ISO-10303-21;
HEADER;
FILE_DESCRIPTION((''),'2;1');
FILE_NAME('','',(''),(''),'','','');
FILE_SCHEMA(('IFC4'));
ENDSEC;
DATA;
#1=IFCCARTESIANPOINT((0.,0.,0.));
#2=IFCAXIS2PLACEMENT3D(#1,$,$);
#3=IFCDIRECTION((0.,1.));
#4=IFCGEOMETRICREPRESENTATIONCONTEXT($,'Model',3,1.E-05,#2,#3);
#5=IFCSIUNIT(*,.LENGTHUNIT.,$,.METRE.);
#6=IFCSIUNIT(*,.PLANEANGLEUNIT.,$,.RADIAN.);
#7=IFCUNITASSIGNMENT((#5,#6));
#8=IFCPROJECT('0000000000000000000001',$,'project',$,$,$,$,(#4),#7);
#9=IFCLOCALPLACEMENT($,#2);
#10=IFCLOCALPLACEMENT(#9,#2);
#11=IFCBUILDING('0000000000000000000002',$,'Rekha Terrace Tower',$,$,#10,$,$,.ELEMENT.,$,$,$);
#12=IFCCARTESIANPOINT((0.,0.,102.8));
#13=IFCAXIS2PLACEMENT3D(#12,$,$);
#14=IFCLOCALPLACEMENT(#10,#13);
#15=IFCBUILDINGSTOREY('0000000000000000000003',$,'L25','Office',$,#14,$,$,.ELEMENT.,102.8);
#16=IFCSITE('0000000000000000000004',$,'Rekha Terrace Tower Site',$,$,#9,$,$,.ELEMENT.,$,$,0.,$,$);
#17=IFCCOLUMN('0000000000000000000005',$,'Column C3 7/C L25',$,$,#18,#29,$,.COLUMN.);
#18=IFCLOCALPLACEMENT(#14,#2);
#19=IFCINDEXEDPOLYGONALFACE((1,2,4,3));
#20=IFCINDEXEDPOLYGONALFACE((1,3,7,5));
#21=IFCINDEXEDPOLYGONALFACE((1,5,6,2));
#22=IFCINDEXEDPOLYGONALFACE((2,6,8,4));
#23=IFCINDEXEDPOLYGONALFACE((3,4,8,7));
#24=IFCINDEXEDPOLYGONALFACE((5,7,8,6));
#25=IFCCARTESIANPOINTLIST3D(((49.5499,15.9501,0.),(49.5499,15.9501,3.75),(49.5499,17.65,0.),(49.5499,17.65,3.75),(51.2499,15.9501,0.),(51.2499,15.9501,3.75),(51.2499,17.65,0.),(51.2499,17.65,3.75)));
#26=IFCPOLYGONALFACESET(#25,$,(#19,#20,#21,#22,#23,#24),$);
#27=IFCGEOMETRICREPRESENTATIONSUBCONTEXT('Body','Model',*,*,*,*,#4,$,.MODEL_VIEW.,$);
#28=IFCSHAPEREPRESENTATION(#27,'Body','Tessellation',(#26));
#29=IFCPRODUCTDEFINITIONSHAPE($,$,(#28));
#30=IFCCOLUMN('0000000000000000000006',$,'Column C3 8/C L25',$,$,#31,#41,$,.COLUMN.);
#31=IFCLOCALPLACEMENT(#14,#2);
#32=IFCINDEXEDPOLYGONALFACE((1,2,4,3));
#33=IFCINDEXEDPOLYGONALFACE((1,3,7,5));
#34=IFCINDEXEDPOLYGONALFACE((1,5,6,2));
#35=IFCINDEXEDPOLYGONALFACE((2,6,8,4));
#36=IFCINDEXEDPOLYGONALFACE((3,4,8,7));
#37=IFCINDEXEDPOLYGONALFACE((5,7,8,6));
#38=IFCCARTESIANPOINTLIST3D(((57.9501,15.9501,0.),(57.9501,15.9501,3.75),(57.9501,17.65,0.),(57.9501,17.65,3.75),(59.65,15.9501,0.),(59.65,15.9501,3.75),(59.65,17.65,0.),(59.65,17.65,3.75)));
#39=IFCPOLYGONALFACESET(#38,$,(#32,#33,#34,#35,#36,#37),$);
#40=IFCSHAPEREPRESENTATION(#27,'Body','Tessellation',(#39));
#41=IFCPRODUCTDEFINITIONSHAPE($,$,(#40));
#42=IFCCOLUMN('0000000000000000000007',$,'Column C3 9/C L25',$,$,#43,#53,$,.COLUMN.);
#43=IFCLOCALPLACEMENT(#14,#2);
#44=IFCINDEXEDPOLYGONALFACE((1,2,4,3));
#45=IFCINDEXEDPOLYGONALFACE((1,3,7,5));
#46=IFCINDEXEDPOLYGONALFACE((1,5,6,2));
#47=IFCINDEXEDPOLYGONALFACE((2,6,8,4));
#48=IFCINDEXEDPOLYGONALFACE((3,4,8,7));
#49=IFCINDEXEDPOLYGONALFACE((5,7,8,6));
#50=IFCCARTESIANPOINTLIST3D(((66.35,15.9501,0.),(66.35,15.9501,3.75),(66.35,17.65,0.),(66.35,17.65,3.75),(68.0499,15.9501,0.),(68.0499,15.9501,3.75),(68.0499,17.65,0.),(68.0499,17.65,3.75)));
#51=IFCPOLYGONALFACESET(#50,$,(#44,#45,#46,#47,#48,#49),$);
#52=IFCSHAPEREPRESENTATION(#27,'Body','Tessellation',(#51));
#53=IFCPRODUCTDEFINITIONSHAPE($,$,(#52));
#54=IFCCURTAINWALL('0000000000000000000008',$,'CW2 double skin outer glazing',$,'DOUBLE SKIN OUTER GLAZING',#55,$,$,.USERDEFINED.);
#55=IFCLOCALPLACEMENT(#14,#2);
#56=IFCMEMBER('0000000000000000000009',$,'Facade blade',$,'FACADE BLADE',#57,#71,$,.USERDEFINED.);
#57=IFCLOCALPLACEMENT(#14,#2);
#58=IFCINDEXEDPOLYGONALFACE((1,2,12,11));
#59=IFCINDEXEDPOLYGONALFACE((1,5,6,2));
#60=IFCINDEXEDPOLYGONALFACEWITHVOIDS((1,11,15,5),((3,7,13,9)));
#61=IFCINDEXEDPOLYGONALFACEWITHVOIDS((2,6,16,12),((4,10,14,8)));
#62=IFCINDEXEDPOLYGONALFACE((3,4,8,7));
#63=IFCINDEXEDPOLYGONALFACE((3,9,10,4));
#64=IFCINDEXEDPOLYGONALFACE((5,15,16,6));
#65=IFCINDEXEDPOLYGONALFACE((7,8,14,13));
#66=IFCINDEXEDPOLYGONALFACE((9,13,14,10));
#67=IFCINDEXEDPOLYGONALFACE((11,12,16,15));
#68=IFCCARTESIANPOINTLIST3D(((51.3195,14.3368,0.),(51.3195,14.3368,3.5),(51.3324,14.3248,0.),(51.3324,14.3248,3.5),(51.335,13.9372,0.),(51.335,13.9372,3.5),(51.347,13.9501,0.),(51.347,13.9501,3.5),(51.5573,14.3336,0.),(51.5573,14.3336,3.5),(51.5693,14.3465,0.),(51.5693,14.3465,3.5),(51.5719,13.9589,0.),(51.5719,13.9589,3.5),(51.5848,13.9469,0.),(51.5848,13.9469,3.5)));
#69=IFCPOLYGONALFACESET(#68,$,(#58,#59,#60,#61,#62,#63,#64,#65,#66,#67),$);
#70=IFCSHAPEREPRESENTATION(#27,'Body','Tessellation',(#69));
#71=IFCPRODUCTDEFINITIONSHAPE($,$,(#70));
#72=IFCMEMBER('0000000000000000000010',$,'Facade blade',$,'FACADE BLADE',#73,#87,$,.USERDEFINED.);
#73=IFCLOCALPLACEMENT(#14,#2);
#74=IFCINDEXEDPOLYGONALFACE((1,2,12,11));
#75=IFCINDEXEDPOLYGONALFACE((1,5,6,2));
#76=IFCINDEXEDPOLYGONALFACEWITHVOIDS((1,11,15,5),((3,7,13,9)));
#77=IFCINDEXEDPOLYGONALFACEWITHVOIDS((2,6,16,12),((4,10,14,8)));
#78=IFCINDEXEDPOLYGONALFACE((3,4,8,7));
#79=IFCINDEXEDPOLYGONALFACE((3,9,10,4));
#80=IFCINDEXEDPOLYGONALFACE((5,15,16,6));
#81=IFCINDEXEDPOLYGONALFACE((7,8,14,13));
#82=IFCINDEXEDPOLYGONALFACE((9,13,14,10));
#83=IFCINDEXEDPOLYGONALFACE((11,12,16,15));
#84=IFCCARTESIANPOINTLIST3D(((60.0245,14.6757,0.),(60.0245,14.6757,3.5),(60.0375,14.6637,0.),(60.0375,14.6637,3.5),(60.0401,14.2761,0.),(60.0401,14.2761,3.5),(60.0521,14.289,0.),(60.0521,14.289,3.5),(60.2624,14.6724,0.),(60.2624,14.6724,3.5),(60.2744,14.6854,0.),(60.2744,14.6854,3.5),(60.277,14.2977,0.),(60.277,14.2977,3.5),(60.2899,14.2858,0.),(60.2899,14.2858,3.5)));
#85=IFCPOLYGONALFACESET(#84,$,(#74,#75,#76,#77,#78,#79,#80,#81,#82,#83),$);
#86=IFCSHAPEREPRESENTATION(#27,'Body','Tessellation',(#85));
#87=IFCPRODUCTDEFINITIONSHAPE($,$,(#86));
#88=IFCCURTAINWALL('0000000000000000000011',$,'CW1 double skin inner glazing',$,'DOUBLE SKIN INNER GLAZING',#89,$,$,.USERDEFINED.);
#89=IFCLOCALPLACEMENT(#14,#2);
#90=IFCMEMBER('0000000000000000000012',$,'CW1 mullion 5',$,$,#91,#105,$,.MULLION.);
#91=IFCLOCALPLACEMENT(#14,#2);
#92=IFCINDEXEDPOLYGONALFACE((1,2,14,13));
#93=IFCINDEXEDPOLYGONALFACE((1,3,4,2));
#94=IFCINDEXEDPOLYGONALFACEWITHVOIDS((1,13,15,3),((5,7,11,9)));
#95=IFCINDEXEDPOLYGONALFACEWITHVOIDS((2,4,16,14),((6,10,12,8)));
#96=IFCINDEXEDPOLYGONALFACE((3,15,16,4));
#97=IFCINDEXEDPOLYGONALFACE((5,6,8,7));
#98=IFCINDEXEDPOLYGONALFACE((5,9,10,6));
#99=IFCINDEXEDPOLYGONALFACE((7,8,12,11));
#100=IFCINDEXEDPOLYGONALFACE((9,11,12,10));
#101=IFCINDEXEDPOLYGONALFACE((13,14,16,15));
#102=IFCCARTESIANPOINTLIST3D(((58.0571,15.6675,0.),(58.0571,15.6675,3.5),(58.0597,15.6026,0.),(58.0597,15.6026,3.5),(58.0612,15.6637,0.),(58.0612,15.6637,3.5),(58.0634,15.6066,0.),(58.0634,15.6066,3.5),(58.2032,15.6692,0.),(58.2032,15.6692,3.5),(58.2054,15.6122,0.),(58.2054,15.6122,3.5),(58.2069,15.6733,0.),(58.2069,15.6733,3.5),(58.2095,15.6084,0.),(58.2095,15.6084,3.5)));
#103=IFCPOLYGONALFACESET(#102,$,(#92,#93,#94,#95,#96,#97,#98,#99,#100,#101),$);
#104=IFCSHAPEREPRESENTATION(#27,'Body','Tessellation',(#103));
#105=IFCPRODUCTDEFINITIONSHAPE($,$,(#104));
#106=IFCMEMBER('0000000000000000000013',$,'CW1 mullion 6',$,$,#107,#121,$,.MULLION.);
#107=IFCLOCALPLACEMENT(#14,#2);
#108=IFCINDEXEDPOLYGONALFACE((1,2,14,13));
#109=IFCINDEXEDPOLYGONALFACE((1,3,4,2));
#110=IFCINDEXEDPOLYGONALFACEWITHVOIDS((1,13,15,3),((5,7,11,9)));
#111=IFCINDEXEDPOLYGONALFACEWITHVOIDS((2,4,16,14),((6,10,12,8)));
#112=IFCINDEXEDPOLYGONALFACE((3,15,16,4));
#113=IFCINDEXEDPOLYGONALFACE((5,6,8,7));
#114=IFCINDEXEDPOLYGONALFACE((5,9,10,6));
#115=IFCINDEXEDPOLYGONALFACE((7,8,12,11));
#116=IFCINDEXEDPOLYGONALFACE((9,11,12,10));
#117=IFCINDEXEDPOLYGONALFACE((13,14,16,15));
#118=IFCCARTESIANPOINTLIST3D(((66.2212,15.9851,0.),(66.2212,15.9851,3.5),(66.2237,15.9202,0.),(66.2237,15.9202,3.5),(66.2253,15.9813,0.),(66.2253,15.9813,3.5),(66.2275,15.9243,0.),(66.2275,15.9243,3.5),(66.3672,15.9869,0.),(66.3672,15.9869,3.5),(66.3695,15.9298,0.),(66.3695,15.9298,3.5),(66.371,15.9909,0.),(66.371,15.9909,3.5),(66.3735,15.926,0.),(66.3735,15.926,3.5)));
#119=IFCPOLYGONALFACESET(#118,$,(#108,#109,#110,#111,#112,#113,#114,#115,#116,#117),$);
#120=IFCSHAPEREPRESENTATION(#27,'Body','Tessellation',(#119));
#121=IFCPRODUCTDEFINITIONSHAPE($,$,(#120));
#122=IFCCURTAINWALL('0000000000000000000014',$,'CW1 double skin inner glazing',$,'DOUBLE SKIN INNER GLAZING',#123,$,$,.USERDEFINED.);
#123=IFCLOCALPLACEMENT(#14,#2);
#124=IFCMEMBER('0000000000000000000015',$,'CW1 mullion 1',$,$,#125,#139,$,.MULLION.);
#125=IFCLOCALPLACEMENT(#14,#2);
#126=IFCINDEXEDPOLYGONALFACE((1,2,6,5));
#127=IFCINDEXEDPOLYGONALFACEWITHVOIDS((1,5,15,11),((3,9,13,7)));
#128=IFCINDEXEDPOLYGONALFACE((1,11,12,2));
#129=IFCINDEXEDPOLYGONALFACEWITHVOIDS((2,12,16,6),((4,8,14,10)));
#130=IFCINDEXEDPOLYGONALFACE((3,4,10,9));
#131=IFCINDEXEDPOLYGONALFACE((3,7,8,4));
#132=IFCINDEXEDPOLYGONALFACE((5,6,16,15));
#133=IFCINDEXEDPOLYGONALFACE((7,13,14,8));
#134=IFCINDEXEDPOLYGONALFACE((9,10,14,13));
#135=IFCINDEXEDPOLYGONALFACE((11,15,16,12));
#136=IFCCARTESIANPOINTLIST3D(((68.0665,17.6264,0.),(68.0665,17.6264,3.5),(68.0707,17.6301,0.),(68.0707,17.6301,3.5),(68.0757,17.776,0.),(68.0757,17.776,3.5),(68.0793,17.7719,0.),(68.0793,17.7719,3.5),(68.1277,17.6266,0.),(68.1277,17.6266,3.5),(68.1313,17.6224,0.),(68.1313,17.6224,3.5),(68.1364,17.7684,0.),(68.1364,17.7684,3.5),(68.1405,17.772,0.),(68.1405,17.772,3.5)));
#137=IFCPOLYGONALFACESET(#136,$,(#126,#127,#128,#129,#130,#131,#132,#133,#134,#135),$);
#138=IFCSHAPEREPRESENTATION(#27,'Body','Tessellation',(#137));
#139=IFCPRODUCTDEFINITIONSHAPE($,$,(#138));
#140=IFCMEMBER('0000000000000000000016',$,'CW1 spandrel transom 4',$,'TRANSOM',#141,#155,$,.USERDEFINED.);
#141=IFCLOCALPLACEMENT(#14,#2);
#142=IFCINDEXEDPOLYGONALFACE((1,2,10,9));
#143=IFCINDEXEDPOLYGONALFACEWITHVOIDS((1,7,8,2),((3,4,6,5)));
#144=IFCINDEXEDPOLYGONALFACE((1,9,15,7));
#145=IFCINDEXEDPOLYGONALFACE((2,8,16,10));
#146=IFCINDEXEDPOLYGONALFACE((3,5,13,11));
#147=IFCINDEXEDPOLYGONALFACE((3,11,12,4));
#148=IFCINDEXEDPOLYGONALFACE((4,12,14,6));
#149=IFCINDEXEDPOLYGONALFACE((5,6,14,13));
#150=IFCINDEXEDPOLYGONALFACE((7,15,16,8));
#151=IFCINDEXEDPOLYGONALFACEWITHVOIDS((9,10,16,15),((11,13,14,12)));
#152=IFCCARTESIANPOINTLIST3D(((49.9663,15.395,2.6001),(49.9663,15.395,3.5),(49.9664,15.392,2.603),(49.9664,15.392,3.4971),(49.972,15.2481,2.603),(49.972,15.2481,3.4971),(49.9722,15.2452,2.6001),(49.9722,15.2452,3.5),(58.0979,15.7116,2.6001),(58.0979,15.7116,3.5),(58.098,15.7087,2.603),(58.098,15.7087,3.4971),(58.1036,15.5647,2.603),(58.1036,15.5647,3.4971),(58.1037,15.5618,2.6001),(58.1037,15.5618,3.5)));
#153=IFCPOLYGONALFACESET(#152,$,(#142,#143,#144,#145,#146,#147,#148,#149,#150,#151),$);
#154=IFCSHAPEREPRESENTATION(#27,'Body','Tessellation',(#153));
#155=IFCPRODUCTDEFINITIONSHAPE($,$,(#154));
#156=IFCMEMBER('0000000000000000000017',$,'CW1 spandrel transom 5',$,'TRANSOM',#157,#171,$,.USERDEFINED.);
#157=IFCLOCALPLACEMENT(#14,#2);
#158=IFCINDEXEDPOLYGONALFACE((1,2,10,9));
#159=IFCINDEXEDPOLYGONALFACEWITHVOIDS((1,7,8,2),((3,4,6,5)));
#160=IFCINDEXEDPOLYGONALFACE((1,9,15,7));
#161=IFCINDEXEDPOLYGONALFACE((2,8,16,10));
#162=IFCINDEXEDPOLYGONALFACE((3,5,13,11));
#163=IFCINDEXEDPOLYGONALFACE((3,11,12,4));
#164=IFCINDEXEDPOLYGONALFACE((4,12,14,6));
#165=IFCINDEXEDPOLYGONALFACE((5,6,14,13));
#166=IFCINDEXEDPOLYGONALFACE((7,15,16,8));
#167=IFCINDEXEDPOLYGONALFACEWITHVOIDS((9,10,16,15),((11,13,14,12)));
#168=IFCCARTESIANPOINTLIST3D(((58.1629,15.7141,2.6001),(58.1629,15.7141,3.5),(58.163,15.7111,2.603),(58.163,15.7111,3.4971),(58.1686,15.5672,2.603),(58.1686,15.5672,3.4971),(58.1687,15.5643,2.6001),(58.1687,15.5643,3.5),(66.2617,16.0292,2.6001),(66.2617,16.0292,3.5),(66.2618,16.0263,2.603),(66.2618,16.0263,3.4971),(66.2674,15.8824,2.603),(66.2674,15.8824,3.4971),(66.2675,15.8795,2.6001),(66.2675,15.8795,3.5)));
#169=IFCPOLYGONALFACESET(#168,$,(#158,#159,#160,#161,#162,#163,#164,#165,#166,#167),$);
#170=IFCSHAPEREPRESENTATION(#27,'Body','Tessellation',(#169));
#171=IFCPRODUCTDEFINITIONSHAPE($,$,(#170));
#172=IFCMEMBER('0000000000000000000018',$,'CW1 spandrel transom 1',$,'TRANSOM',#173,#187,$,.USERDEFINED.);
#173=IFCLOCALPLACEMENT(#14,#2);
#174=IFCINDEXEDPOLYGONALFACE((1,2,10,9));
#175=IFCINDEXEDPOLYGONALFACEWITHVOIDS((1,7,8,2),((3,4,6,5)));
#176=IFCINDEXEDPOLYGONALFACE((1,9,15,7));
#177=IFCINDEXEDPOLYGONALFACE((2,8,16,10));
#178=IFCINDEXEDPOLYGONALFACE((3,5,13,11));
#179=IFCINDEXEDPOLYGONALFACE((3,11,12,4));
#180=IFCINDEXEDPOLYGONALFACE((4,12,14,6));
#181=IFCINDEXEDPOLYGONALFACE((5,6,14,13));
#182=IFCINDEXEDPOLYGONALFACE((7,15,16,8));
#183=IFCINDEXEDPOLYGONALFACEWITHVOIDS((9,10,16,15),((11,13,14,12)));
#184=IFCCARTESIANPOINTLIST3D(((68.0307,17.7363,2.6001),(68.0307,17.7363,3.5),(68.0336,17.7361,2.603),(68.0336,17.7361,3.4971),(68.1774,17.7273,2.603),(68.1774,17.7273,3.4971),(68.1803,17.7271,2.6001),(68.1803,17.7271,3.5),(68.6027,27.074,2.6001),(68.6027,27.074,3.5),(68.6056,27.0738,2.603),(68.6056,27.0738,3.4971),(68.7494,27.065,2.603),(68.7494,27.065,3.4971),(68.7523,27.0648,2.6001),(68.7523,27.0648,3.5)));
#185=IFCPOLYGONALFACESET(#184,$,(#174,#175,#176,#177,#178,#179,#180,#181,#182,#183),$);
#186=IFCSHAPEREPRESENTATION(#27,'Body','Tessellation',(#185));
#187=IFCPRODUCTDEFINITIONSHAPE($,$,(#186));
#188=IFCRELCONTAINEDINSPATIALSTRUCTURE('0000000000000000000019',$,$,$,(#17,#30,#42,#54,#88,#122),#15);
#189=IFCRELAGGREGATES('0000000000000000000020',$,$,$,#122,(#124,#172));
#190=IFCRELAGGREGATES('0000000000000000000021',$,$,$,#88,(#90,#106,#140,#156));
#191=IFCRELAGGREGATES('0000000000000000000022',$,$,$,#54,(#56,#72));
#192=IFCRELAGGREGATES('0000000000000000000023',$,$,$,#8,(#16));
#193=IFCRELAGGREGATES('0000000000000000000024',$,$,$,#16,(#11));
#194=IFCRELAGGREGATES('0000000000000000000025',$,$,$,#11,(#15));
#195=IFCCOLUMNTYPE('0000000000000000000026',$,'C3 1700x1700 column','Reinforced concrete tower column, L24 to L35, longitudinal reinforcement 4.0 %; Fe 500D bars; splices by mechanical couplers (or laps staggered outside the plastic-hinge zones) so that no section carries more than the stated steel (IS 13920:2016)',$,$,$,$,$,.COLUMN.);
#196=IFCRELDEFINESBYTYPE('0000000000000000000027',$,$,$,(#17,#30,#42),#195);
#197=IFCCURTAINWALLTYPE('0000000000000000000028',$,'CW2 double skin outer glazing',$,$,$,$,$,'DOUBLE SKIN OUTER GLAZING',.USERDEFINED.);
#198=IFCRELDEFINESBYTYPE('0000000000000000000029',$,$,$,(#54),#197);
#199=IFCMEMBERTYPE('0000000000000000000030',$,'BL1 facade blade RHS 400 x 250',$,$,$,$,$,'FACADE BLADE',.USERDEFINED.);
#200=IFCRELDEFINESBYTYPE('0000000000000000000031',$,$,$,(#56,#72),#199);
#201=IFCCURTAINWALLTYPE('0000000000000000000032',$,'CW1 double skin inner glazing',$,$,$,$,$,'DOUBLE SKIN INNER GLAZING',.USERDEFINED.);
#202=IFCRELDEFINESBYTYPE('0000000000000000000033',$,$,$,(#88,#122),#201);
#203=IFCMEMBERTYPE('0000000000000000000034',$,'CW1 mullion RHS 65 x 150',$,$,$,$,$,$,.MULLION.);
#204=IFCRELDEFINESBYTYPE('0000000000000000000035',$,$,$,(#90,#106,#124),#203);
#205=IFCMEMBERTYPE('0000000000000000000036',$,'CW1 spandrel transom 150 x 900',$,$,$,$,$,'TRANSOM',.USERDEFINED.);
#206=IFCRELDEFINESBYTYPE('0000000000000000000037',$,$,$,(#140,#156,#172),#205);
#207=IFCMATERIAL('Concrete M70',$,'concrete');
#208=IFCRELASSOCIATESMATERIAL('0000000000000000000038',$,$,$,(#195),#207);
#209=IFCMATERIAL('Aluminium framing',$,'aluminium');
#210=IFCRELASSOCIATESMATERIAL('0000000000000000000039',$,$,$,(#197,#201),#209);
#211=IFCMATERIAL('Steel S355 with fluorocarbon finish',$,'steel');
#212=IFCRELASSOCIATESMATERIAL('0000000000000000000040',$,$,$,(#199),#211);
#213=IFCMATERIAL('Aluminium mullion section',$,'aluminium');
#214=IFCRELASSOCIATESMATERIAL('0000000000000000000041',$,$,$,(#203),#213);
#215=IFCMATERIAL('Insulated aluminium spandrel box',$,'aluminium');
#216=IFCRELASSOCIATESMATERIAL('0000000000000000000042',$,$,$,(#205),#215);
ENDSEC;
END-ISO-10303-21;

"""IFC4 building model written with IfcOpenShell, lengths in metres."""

from ifc_helpers import new_model, si_unit, direction, frame, origin, origin_2d, place, context, subcontext, project, spatial, rectangle, hollow_rectangle, extrude, material, material_profile, profile_set, type_object, element, aggregate, save


model = new_model("IFC4")

# Units and contexts
model_context = context("Model", 3, precision=1e-05, world=origin(), true_north=direction((0.0, 1.0)))
body_context = subcontext(model_context, "Body", "Model", "MODEL_VIEW")
ifc_project = project(units=[si_unit("LENGTHUNIT", "METRE"), si_unit("PLANEANGLEUNIT", "RADIAN")], contexts=[model_context])

# Site, building, storey
site_placement = place(None, origin())
site = spatial("IfcSite", under=ifc_project, at=site_placement, Name="Rekha Terrace Tower Site", CompositionType="ELEMENT", RefElevation=0.0)
building_placement = place(site_placement, origin())
building = spatial("IfcBuilding", under=site, at=building_placement, Name="Rekha Terrace Tower", CompositionType="ELEMENT")
storey_placement = place(building_placement, frame((0.0, 0.0, 102.8)))
storey = spatial("IfcBuildingStorey", under=building, at=storey_placement, Name="L25", Description="Office", CompositionType="ELEMENT", Elevation=102.8)

# Columns
ifc_material_1 = material(Name="Concrete M70", Category="concrete")
ifc_material_profile_1 = material_profile(ifc_material_1, rectangle(XDim=1.7, YDim=1.7, at=origin_2d()), Name="RC 1700x1700")
ifc_profile_set_1 = profile_set([ifc_material_profile_1], Name="Concrete M70")
column_type = type_object("IfcColumnType", Name="C3 1700x1700 column", Description="Reinforced concrete tower column, L24 to L35, longitudinal reinforcement 4.0 %; Fe 500D bars; splices by mechanical couplers (or laps staggered outside the plastic-hinge zones) so that no section carries more than the stated steel (IS 13920:2016)", PredefinedType="COLUMN", material=ifc_profile_set_1)
for number, where, z_axis, x_axis, name in (
    (1, (50.3999, 16.8, 0.0), (0.0, 0.0, 1.0), (1.0, 0.0, 0.0), "Column C3 7/C L25"),
    (2, (58.8, 16.8, 0.0), (0.0, 0.0, 1.0), (1.0, 0.0, 0.0), "Column C3 8/C L25"),
    (3, (67.2, 16.8, 0.0), (0.0, 0.0, 1.0), (1.0, 0.0, 0.0), "Column C3 9/C L25"),
):
    element("IfcColumn", number, at=place(storey_placement, frame(where, z_axis=z_axis, x_axis=x_axis)), inside=storey, type_object=column_type, Name=name, PredefinedType="COLUMN", context=body_context, shape_type="SweptSolid", body=[
        extrude(rectangle(XDim=1.7, YDim=1.7, at=origin_2d()), origin(), (0.0, 0.0, 1.0), 3.75),
    ])

# Curtain walls, members
ifc_material_2 = material(Name="Aluminium framing", Category="aluminium")
curtain_wall_type_1 = type_object("IfcCurtainWallType", Name="CW2 double skin outer glazing", ElementType="DOUBLE SKIN OUTER GLAZING", PredefinedType="USERDEFINED", material=ifc_material_2)
curtain_wall_1_placement = place(storey_placement, origin())
curtain_wall_1 = element("IfcCurtainWall", 4, at=curtain_wall_1_placement, inside=storey, type_object=curtain_wall_type_1, Name="CW2 double skin outer glazing", ObjectType="DOUBLE SKIN OUTER GLAZING", PredefinedType="USERDEFINED")
ifc_material_3 = material(Name="Steel S355 with fluorocarbon finish", Category="steel")
ifc_material_profile_2 = material_profile(ifc_material_3, hollow_rectangle(XDim=0.25, YDim=0.3999, WallThickness=0.0125, at=origin_2d()), Name="RHS400x250x12.5")
ifc_profile_set_2 = profile_set([ifc_material_profile_2], Name="Steel S355 with fluorocarbon finish")
member_type_1 = type_object("IfcMemberType", Name="BL1 facade blade RHS 400 x 250", ElementType="FACADE BLADE", PredefinedType="USERDEFINED", material=ifc_profile_set_2)
member_1_placement = place(storey_placement, frame((51.4521, 14.1418, 0.0), z_axis=(0.0, 0.0, 1.0), x_axis=(0.999243, 0.03889, 0.0)))
member_1 = element("IfcMember", 5, at=member_1_placement, type_object=member_type_1, Name="Facade blade", ObjectType="FACADE BLADE", PredefinedType="USERDEFINED", context=body_context, shape_type="SweptSolid", body=[
    extrude(hollow_rectangle(XDim=0.25, YDim=0.3999, WallThickness=0.0125, at=origin_2d()), origin(), (0.0, 0.0, 1.0), 3.5),
])
member_2_placement = place(storey_placement, frame((60.1572, 14.4807, 0.0), z_axis=(0.0, 0.0, 1.0), x_axis=(0.999243, 0.03889, 0.0)))
member_2 = element("IfcMember", 6, at=member_2_placement, type_object=member_type_1, Name="Facade blade", ObjectType="FACADE BLADE", PredefinedType="USERDEFINED", context=body_context, shape_type="SweptSolid", body=[
    extrude(hollow_rectangle(XDim=0.25, YDim=0.3999, WallThickness=0.0125, at=origin_2d()), origin(), (0.0, 0.0, 1.0), 3.5),
])
curtain_wall_type_2 = type_object("IfcCurtainWallType", Name="CW1 double skin inner glazing", ElementType="DOUBLE SKIN INNER GLAZING", PredefinedType="USERDEFINED", material=ifc_material_2)
curtain_wall_2_placement = place(storey_placement, origin())
curtain_wall_2 = element("IfcCurtainWall", 7, at=curtain_wall_2_placement, inside=storey, type_object=curtain_wall_type_2, Name="CW1 double skin inner glazing", ObjectType="DOUBLE SKIN INNER GLAZING", PredefinedType="USERDEFINED")
ifc_material_4 = material(Name="Aluminium mullion section", Category="aluminium")
ifc_material_profile_3 = material_profile(ifc_material_4, hollow_rectangle(XDim=0.0649, YDim=0.1499, WallThickness=0.0039, at=origin_2d()), Name="AL RHS 65x150")
ifc_profile_set_3 = profile_set([ifc_material_profile_3], Name="Aluminium mullion section")
member_type_2 = type_object("IfcMemberType", Name="CW1 mullion RHS 65 x 150", PredefinedType="MULLION", material=ifc_profile_set_3)
member_3_placement = place(storey_placement, frame((58.1333, 15.6379, 0.0), z_axis=(0.0, 0.0, 1.0), x_axis=(-0.03889, 0.999243, 0.0)))
member_3 = element("IfcMember", 8, at=member_3_placement, type_object=member_type_2, Name="CW1 mullion 5", PredefinedType="MULLION", context=body_context, shape_type="SweptSolid", body=[
    extrude(hollow_rectangle(XDim=0.0649, YDim=0.1499, WallThickness=0.0039, at=origin_2d()), origin(), (0.0, 0.0, 1.0), 3.5),
])
member_4_placement = place(storey_placement, frame((66.2974, 15.9556, 0.0), z_axis=(0.0, 0.0, 1.0), x_axis=(-0.03889, 0.999243, 0.0)))
member_4 = element("IfcMember", 9, at=member_4_placement, type_object=member_type_2, Name="CW1 mullion 6", PredefinedType="MULLION", context=body_context, shape_type="SweptSolid", body=[
    extrude(hollow_rectangle(XDim=0.0649, YDim=0.1499, WallThickness=0.0039, at=origin_2d()), origin(), (0.0, 0.0, 1.0), 3.5),
])

# Curtain wall, member
curtain_wall_3_placement = place(storey_placement, origin())
curtain_wall_3 = element("IfcCurtainWall", 10, at=curtain_wall_3_placement, inside=storey, type_object=curtain_wall_type_2, Name="CW1 double skin inner glazing", ObjectType="DOUBLE SKIN INNER GLAZING", PredefinedType="USERDEFINED")
member_5_placement = place(storey_placement, frame((68.1035, 17.6992, 0.0), z_axis=(0.0, 0.0, 1.0), x_axis=(-0.998128, 0.06116, 0.0)))
member_5 = element("IfcMember", 11, at=member_5_placement, type_object=member_type_2, Name="CW1 mullion 1", PredefinedType="MULLION", context=body_context, shape_type="SweptSolid", body=[
    extrude(hollow_rectangle(XDim=0.0649, YDim=0.1499, WallThickness=0.0039, at=origin_2d()), origin(), (0.0, 0.0, 1.0), 3.5),
])

# Members
ifc_material_5 = material(Name="Insulated aluminium spandrel box", Category="aluminium")
ifc_material_profile_4 = material_profile(ifc_material_5, hollow_rectangle(XDim=0.1499, YDim=0.8999, WallThickness=0.0029, at=origin_2d()), Name="AL SPANDREL BOX 150x900")
ifc_profile_set_4 = profile_set([ifc_material_profile_4], Name="Insulated aluminium spandrel box")
member_type_3 = type_object("IfcMemberType", Name="CW1 spandrel transom 150 x 900", ElementType="TRANSOM", PredefinedType="USERDEFINED", material=ifc_profile_set_4)
member_6_placement = place(storey_placement, frame((49.9692, 15.3201, 3.05), z_axis=(0.999243, 0.038911, 0.0), x_axis=(-0.038911, 0.999243, 0.0)))
member_6 = element("IfcMember", 12, at=member_6_placement, type_object=member_type_3, Name="CW1 spandrel transom 4", ObjectType="TRANSOM", PredefinedType="USERDEFINED", context=body_context, shape_type="SweptSolid", body=[
    extrude(hollow_rectangle(XDim=0.1499, YDim=0.8999, WallThickness=0.0029, at=origin_2d()), origin(), (0.0, 0.0, 1.0), 8.1377),
])
member_7_placement = place(storey_placement, frame((58.1658, 15.6392, 3.05), z_axis=(0.999244, 0.038888, 0.0), x_axis=(-0.038888, 0.999244, 0.0)))
member_7 = element("IfcMember", 13, at=member_7_placement, type_object=member_type_3, Name="CW1 spandrel transom 5", ObjectType="TRANSOM", PredefinedType="USERDEFINED", context=body_context, shape_type="SweptSolid", body=[
    extrude(hollow_rectangle(XDim=0.1499, YDim=0.8999, WallThickness=0.0029, at=origin_2d()), origin(), (0.0, 0.0, 1.0), 8.105),
])
member_8_placement = place(storey_placement, frame((68.1055, 17.7317, 3.05), z_axis=(0.061145, 0.998129, 0.0), x_axis=(-0.998129, 0.061145, 0.0)))
member_8 = element("IfcMember", 14, at=member_8_placement, type_object=member_type_3, Name="CW1 spandrel transom 1", ObjectType="TRANSOM", PredefinedType="USERDEFINED", context=body_context, shape_type="SweptSolid", body=[
    extrude(hollow_rectangle(XDim=0.1499, YDim=0.8999, WallThickness=0.0029, at=origin_2d()), origin(), (0.0, 0.0, 1.0), 9.3552),
])
aggregate(curtain_wall_3, [member_5, member_8])

aggregate(curtain_wall_2, [member_3, member_4, member_6, member_7])
aggregate(curtain_wall_1, [member_1, member_2])

save(model, "model.ifc")
